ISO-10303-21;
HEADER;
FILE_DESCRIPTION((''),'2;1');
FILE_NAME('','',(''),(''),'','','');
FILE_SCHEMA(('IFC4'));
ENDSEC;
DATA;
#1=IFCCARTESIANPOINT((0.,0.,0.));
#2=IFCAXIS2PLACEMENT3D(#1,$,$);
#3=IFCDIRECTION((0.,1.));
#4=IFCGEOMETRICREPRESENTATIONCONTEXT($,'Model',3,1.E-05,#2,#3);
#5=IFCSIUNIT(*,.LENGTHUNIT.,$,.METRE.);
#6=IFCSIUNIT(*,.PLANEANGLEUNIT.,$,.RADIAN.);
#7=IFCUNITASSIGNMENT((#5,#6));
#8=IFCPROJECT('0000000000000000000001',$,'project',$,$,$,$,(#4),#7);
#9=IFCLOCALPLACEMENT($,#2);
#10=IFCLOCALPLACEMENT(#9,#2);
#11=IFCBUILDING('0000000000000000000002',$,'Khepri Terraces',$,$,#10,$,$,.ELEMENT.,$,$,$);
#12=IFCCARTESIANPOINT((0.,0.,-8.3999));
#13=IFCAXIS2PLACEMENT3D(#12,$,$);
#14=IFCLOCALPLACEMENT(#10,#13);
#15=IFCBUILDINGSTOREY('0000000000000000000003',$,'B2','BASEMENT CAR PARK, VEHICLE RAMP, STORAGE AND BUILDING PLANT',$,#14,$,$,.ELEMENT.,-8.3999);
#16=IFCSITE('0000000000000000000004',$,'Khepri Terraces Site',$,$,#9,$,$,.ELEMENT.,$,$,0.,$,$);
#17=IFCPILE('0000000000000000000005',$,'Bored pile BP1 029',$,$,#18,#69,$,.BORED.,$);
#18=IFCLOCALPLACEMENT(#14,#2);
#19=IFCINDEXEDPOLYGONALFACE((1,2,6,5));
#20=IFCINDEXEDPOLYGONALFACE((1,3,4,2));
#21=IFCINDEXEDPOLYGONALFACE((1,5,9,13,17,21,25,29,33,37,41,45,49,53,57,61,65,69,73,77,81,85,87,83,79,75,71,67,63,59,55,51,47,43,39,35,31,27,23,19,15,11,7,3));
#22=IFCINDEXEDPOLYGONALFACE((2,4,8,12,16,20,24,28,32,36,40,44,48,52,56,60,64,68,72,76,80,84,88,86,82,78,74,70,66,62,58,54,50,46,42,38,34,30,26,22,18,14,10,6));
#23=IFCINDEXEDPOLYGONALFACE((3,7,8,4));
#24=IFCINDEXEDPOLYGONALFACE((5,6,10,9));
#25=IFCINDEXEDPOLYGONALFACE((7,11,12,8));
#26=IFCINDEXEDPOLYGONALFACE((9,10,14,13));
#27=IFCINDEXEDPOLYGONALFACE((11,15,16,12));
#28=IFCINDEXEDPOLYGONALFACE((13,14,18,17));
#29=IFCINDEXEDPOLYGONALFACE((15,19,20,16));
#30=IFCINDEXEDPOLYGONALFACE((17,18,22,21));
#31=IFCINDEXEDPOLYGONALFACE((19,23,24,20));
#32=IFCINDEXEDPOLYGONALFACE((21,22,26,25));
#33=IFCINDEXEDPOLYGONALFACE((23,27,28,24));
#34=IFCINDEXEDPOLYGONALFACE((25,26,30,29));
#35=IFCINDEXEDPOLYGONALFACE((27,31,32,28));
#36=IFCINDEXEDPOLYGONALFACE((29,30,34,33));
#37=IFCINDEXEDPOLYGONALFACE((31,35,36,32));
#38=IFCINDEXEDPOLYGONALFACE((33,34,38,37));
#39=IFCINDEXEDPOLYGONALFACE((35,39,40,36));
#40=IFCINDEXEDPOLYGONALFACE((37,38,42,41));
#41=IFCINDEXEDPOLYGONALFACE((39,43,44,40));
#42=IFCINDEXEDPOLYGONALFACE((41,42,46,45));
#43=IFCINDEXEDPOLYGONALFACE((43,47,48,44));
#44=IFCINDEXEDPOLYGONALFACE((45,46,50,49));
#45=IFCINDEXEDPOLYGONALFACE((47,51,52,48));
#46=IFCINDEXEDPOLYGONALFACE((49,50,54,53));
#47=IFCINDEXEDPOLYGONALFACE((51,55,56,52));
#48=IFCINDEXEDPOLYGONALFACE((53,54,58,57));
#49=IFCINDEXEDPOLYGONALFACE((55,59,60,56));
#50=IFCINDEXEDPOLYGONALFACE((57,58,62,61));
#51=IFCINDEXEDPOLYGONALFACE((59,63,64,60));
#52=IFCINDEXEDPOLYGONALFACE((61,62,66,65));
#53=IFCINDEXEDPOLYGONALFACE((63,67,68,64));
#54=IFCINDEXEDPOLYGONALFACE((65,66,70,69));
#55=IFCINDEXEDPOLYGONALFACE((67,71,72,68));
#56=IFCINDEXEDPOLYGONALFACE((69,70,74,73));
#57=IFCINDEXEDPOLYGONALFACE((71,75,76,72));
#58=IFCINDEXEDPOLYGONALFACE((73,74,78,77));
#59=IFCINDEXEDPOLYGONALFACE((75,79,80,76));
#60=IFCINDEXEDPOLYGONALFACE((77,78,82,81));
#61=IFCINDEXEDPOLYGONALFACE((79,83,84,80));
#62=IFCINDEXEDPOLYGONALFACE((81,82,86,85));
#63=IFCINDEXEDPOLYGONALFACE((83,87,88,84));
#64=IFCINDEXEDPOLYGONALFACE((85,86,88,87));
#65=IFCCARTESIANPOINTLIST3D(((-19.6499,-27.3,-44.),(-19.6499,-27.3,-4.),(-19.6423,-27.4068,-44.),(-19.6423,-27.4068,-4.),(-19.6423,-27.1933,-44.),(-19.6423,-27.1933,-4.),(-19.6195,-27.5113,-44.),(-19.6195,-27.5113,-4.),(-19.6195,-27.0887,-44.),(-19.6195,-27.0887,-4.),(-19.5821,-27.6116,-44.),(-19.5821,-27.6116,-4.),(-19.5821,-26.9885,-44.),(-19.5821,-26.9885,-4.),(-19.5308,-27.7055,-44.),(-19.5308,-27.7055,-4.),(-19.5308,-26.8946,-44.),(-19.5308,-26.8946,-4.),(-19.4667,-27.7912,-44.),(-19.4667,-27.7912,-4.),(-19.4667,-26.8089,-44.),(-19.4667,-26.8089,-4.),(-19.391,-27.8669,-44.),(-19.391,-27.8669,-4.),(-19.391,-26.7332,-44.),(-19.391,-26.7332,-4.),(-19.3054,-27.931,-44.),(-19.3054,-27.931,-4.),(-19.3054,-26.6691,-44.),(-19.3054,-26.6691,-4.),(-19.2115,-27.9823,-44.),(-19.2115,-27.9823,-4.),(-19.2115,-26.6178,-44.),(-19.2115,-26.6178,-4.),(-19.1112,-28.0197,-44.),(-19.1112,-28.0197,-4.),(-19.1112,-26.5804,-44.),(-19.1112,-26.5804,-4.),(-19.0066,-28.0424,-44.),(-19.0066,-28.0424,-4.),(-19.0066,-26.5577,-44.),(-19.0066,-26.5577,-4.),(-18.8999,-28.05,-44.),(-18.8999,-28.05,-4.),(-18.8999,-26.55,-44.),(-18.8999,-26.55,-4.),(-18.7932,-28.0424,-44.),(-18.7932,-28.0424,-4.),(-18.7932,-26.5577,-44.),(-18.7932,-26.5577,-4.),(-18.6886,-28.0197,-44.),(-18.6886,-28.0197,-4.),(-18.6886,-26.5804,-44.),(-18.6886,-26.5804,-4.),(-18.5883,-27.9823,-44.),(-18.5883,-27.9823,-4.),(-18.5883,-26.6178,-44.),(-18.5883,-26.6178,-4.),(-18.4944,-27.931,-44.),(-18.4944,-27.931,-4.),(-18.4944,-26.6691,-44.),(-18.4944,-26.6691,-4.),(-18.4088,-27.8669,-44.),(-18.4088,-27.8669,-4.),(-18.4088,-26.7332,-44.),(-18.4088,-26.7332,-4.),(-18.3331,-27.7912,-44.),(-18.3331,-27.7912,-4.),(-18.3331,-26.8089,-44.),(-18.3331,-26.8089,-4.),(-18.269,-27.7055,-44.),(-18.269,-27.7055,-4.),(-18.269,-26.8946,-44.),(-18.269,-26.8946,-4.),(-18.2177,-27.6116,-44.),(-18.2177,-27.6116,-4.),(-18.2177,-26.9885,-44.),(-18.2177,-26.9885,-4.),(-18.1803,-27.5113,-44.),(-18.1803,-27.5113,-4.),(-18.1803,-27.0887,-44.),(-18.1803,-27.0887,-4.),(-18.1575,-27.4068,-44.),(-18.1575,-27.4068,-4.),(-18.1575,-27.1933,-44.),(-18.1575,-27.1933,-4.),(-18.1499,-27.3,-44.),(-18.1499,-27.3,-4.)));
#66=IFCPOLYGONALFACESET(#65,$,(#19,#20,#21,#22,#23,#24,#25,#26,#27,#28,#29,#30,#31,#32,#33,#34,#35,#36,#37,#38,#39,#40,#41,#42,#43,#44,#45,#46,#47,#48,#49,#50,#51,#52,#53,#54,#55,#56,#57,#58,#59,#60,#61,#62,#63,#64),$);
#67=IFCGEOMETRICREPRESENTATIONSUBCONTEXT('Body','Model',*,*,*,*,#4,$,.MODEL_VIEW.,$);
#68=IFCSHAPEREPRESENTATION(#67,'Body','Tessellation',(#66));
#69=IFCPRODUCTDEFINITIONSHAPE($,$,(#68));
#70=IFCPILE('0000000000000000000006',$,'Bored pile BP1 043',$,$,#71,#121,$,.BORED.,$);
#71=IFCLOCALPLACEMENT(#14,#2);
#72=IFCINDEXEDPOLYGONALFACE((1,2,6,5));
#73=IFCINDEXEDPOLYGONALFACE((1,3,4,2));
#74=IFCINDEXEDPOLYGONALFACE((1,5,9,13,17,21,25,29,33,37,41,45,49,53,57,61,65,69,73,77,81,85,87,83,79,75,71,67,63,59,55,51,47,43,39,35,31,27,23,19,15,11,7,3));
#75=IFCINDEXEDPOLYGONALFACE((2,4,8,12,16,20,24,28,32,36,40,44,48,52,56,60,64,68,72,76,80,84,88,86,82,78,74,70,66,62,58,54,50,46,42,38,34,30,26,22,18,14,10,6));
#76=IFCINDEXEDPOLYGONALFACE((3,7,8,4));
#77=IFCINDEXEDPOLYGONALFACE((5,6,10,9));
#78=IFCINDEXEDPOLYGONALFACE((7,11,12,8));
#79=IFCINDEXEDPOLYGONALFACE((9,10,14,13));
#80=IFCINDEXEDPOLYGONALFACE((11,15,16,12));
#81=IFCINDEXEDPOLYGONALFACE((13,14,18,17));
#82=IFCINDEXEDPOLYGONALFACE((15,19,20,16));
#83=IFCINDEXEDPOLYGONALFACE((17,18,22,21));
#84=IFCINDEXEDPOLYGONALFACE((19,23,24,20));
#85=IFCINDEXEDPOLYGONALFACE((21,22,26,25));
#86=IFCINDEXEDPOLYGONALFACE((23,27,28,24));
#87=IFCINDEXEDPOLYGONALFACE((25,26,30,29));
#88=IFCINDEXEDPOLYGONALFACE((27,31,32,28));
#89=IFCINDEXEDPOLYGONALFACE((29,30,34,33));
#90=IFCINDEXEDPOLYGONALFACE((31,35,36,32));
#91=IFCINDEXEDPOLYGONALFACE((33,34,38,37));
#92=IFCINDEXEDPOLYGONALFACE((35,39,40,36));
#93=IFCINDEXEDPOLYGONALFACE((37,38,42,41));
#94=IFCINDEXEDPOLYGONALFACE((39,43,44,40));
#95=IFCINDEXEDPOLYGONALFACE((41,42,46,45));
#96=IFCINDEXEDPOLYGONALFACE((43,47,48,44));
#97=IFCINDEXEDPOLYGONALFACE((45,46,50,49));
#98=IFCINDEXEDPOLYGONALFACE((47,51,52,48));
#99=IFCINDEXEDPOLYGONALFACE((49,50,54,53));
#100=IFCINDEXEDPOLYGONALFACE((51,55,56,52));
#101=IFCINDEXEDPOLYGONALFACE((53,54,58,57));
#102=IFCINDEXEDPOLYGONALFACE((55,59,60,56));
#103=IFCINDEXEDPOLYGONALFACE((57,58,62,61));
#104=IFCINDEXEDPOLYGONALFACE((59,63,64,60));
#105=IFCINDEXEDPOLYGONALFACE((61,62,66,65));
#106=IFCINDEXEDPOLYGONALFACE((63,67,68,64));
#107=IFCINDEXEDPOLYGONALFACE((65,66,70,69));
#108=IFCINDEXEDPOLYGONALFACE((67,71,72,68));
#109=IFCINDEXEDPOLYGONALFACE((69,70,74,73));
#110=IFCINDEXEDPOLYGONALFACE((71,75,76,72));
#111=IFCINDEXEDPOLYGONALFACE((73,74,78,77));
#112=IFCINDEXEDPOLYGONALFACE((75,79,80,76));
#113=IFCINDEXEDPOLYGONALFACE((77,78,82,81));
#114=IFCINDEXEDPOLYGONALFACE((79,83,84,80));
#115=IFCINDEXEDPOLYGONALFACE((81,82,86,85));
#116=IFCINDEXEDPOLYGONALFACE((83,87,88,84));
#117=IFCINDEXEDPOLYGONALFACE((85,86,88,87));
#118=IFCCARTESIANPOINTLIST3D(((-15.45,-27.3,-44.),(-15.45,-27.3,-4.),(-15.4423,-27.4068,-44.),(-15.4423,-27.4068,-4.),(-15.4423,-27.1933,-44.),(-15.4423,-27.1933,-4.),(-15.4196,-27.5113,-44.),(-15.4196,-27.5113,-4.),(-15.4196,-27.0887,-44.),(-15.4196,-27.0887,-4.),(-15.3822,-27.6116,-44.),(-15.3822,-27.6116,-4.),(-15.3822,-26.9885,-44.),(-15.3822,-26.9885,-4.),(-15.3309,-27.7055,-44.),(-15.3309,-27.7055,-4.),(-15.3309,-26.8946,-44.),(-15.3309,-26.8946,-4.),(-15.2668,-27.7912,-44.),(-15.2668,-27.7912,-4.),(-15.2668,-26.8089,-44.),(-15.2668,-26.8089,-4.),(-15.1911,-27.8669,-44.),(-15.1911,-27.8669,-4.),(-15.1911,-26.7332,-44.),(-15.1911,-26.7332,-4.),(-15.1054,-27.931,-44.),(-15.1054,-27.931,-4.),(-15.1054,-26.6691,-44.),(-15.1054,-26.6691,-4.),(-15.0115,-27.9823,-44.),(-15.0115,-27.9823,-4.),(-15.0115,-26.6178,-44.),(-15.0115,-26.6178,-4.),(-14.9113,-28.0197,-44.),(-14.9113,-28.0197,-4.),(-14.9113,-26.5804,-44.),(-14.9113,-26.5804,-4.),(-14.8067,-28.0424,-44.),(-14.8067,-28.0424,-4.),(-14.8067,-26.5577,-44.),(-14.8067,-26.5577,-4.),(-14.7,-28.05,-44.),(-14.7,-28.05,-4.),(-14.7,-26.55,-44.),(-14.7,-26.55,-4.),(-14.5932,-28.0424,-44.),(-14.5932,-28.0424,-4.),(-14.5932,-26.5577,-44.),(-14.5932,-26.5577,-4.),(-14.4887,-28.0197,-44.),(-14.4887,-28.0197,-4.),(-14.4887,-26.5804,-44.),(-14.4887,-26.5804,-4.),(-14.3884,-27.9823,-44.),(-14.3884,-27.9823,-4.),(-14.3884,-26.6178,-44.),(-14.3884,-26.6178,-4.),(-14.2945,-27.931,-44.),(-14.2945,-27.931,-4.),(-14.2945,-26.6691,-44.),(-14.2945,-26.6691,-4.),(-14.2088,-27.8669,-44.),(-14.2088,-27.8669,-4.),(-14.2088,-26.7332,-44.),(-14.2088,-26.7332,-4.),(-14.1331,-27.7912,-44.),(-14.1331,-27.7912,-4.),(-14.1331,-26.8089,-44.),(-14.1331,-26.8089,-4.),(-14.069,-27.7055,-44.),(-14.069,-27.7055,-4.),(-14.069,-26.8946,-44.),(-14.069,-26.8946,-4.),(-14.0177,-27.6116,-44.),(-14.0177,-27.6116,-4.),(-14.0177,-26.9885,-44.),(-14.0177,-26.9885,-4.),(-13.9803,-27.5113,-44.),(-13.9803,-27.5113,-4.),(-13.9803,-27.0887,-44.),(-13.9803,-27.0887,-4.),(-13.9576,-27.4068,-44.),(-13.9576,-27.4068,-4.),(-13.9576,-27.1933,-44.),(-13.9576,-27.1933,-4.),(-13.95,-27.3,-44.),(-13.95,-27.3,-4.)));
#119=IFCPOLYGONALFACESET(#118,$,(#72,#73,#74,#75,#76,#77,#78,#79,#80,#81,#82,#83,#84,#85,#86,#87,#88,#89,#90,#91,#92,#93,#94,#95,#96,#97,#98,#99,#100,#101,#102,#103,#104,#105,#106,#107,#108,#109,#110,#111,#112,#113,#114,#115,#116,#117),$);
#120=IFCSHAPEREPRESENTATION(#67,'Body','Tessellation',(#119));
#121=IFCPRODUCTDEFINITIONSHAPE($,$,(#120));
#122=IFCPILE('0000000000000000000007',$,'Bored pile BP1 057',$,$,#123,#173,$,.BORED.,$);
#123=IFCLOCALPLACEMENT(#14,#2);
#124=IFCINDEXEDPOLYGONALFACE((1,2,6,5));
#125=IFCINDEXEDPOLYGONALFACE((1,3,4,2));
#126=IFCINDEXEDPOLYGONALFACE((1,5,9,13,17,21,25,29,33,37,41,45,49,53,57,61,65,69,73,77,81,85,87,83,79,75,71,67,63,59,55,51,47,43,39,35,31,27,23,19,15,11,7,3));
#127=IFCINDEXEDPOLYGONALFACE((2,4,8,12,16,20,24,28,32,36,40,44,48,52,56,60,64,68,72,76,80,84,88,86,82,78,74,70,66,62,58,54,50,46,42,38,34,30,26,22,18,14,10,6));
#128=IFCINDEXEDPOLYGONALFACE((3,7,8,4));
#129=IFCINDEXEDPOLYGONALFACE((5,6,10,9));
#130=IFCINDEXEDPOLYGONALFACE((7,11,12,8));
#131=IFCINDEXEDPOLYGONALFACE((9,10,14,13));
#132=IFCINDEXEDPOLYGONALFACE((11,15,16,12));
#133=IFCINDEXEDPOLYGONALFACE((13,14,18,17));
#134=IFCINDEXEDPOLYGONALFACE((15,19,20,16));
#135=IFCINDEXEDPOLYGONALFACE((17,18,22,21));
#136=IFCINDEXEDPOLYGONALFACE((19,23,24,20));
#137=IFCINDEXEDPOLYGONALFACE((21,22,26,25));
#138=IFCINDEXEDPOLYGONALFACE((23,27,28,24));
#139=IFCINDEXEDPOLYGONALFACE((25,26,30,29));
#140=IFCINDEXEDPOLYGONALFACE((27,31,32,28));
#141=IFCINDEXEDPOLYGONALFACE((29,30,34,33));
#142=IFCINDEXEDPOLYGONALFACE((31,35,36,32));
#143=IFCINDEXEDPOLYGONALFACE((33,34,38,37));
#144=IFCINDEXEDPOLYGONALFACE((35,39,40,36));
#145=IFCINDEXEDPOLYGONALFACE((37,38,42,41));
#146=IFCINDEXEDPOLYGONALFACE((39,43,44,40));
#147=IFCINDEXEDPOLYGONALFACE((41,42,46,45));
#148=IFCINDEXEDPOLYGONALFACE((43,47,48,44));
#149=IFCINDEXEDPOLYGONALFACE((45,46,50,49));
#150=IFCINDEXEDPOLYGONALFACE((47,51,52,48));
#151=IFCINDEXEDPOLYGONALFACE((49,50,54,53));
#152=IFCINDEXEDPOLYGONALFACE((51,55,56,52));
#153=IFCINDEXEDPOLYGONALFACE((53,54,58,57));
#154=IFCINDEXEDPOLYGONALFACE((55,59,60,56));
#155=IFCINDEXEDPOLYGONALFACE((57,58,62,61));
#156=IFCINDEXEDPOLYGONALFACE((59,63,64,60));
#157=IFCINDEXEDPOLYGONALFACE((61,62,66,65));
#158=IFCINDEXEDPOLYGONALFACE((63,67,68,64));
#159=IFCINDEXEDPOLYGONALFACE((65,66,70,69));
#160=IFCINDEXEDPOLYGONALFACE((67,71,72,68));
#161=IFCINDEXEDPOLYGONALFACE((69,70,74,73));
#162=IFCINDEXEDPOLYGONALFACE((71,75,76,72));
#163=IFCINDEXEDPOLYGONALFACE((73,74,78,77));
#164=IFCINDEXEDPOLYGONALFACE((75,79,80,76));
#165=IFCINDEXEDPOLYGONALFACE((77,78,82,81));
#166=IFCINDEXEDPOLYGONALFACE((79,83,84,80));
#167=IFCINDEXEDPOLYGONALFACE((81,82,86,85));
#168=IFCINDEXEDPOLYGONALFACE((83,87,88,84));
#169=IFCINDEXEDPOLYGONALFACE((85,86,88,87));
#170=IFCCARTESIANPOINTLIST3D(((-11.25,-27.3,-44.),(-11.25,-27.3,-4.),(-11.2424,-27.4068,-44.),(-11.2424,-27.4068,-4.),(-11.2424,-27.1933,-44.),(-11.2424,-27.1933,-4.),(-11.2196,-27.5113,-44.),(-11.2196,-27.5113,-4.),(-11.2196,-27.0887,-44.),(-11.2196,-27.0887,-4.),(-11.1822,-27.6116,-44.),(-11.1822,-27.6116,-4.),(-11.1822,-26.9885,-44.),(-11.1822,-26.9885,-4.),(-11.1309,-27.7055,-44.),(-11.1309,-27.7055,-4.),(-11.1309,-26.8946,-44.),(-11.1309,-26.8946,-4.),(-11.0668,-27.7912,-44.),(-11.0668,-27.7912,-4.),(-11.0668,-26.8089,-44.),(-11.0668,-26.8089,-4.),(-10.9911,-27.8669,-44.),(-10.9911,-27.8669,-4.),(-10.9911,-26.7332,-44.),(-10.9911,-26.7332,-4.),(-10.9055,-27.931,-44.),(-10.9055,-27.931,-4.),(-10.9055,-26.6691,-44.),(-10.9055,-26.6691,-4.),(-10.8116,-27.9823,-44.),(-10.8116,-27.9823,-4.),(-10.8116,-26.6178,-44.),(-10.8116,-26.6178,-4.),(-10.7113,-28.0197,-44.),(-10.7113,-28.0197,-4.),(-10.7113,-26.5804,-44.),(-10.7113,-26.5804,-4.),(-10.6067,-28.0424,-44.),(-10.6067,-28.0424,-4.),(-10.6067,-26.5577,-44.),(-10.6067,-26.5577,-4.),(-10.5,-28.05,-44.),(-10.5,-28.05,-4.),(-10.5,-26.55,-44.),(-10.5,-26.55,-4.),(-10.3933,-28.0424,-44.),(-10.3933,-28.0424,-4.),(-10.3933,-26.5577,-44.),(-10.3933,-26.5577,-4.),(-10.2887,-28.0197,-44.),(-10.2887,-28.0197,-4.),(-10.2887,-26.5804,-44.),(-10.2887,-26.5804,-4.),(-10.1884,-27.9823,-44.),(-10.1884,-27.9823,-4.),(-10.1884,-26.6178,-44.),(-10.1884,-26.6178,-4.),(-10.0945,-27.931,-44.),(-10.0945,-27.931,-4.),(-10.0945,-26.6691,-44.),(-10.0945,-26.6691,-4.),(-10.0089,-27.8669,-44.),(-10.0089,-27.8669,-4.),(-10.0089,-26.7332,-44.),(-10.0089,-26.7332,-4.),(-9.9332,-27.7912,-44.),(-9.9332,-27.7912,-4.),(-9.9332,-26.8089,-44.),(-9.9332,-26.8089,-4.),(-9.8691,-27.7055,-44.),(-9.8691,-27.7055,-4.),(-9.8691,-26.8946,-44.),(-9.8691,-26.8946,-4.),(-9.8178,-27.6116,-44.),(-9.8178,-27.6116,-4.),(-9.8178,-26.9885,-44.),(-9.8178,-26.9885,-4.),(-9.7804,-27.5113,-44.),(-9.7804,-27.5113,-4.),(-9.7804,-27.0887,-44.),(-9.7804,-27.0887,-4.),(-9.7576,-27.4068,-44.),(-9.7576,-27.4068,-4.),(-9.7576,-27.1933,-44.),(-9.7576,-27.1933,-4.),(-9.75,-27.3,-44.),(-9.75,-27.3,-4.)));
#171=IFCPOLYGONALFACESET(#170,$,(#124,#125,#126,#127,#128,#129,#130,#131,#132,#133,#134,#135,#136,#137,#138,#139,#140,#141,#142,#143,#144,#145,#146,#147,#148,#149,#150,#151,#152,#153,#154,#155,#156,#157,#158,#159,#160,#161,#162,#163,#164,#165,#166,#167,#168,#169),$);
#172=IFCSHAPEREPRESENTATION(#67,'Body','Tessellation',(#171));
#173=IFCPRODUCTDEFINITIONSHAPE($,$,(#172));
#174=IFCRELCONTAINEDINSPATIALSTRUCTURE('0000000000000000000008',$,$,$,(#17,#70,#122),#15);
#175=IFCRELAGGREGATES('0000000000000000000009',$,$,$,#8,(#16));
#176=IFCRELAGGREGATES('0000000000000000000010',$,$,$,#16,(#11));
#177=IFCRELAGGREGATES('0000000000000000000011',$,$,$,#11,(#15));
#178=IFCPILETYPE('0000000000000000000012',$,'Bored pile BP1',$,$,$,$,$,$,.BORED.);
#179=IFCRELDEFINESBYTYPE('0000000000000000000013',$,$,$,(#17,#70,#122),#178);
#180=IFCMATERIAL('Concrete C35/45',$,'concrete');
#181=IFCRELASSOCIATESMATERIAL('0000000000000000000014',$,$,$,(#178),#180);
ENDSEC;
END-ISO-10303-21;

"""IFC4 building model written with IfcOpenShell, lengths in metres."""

from ifc_helpers import new_model, si_unit, direction, frame, origin, origin_2d, place, context, subcontext, project, spatial, circle, extrude, material, material_profile, profile_set, type_object, element, save


model = new_model("IFC4")

# Units and contexts
model_context = context("Model", 3, precision=1e-05, world=origin(), true_north=direction((0.0, 1.0)))
body_context = subcontext(model_context, "Body", "Model", "MODEL_VIEW")
ifc_project = project(units=[si_unit("LENGTHUNIT", "METRE"), si_unit("PLANEANGLEUNIT", "RADIAN")], contexts=[model_context])

# Site, building, storey
site_placement = place(None, origin())
site = spatial("IfcSite", under=ifc_project, at=site_placement, Name="Khepri Terraces Site", CompositionType="ELEMENT", RefElevation=0.0)
building_placement = place(site_placement, origin())
building = spatial("IfcBuilding", under=site, at=building_placement, Name="Khepri Terraces", CompositionType="ELEMENT")
storey_placement = place(building_placement, frame((0.0, 0.0, -8.3999)))
storey = spatial("IfcBuildingStorey", under=building, at=storey_placement, Name="B2", Description="BASEMENT CAR PARK, VEHICLE RAMP, STORAGE AND BUILDING PLANT", CompositionType="ELEMENT", Elevation=-8.3999)

# Piles
ifc_material_1 = material(Name="Concrete C35/45", Category="concrete")
ifc_material_profile_1 = material_profile(ifc_material_1, circle(Radius=0.75, at=origin_2d()), Name="Concrete C35/45", Category="concrete")
ifc_profile_set_1 = profile_set([ifc_material_profile_1], Name="Concrete C35/45")
pile_type = type_object("IfcPileType", Name="Bored pile BP1", PredefinedType="BORED", material=ifc_profile_set_1)
for number, where, z_axis, x_axis, name in (
    (1, (-18.8999, -27.3, -4.0), (0.0, 0.0, -1.0), (1.0, 0.0, 0.0), "Bored pile BP1 029"),
    (2, (-14.7, -27.3, -4.0), (0.0, 0.0, -1.0), (1.0, 0.0, 0.0), "Bored pile BP1 043"),
    (3, (-10.5, -27.3, -4.0), (0.0, 0.0, -1.0), (1.0, 0.0, 0.0), "Bored pile BP1 057"),
):
    element("IfcPile", number, at=place(storey_placement, frame(where, z_axis=z_axis, x_axis=x_axis)), inside=storey, type_object=pile_type, Name=name, PredefinedType="BORED", context=body_context, shape_type="SweptSolid", body=[
        extrude(circle(Radius=0.75, at=origin_2d()), origin(), (0.0, 0.0, 1.0), 40.0),
    ])

save(model, "model.ifc")
